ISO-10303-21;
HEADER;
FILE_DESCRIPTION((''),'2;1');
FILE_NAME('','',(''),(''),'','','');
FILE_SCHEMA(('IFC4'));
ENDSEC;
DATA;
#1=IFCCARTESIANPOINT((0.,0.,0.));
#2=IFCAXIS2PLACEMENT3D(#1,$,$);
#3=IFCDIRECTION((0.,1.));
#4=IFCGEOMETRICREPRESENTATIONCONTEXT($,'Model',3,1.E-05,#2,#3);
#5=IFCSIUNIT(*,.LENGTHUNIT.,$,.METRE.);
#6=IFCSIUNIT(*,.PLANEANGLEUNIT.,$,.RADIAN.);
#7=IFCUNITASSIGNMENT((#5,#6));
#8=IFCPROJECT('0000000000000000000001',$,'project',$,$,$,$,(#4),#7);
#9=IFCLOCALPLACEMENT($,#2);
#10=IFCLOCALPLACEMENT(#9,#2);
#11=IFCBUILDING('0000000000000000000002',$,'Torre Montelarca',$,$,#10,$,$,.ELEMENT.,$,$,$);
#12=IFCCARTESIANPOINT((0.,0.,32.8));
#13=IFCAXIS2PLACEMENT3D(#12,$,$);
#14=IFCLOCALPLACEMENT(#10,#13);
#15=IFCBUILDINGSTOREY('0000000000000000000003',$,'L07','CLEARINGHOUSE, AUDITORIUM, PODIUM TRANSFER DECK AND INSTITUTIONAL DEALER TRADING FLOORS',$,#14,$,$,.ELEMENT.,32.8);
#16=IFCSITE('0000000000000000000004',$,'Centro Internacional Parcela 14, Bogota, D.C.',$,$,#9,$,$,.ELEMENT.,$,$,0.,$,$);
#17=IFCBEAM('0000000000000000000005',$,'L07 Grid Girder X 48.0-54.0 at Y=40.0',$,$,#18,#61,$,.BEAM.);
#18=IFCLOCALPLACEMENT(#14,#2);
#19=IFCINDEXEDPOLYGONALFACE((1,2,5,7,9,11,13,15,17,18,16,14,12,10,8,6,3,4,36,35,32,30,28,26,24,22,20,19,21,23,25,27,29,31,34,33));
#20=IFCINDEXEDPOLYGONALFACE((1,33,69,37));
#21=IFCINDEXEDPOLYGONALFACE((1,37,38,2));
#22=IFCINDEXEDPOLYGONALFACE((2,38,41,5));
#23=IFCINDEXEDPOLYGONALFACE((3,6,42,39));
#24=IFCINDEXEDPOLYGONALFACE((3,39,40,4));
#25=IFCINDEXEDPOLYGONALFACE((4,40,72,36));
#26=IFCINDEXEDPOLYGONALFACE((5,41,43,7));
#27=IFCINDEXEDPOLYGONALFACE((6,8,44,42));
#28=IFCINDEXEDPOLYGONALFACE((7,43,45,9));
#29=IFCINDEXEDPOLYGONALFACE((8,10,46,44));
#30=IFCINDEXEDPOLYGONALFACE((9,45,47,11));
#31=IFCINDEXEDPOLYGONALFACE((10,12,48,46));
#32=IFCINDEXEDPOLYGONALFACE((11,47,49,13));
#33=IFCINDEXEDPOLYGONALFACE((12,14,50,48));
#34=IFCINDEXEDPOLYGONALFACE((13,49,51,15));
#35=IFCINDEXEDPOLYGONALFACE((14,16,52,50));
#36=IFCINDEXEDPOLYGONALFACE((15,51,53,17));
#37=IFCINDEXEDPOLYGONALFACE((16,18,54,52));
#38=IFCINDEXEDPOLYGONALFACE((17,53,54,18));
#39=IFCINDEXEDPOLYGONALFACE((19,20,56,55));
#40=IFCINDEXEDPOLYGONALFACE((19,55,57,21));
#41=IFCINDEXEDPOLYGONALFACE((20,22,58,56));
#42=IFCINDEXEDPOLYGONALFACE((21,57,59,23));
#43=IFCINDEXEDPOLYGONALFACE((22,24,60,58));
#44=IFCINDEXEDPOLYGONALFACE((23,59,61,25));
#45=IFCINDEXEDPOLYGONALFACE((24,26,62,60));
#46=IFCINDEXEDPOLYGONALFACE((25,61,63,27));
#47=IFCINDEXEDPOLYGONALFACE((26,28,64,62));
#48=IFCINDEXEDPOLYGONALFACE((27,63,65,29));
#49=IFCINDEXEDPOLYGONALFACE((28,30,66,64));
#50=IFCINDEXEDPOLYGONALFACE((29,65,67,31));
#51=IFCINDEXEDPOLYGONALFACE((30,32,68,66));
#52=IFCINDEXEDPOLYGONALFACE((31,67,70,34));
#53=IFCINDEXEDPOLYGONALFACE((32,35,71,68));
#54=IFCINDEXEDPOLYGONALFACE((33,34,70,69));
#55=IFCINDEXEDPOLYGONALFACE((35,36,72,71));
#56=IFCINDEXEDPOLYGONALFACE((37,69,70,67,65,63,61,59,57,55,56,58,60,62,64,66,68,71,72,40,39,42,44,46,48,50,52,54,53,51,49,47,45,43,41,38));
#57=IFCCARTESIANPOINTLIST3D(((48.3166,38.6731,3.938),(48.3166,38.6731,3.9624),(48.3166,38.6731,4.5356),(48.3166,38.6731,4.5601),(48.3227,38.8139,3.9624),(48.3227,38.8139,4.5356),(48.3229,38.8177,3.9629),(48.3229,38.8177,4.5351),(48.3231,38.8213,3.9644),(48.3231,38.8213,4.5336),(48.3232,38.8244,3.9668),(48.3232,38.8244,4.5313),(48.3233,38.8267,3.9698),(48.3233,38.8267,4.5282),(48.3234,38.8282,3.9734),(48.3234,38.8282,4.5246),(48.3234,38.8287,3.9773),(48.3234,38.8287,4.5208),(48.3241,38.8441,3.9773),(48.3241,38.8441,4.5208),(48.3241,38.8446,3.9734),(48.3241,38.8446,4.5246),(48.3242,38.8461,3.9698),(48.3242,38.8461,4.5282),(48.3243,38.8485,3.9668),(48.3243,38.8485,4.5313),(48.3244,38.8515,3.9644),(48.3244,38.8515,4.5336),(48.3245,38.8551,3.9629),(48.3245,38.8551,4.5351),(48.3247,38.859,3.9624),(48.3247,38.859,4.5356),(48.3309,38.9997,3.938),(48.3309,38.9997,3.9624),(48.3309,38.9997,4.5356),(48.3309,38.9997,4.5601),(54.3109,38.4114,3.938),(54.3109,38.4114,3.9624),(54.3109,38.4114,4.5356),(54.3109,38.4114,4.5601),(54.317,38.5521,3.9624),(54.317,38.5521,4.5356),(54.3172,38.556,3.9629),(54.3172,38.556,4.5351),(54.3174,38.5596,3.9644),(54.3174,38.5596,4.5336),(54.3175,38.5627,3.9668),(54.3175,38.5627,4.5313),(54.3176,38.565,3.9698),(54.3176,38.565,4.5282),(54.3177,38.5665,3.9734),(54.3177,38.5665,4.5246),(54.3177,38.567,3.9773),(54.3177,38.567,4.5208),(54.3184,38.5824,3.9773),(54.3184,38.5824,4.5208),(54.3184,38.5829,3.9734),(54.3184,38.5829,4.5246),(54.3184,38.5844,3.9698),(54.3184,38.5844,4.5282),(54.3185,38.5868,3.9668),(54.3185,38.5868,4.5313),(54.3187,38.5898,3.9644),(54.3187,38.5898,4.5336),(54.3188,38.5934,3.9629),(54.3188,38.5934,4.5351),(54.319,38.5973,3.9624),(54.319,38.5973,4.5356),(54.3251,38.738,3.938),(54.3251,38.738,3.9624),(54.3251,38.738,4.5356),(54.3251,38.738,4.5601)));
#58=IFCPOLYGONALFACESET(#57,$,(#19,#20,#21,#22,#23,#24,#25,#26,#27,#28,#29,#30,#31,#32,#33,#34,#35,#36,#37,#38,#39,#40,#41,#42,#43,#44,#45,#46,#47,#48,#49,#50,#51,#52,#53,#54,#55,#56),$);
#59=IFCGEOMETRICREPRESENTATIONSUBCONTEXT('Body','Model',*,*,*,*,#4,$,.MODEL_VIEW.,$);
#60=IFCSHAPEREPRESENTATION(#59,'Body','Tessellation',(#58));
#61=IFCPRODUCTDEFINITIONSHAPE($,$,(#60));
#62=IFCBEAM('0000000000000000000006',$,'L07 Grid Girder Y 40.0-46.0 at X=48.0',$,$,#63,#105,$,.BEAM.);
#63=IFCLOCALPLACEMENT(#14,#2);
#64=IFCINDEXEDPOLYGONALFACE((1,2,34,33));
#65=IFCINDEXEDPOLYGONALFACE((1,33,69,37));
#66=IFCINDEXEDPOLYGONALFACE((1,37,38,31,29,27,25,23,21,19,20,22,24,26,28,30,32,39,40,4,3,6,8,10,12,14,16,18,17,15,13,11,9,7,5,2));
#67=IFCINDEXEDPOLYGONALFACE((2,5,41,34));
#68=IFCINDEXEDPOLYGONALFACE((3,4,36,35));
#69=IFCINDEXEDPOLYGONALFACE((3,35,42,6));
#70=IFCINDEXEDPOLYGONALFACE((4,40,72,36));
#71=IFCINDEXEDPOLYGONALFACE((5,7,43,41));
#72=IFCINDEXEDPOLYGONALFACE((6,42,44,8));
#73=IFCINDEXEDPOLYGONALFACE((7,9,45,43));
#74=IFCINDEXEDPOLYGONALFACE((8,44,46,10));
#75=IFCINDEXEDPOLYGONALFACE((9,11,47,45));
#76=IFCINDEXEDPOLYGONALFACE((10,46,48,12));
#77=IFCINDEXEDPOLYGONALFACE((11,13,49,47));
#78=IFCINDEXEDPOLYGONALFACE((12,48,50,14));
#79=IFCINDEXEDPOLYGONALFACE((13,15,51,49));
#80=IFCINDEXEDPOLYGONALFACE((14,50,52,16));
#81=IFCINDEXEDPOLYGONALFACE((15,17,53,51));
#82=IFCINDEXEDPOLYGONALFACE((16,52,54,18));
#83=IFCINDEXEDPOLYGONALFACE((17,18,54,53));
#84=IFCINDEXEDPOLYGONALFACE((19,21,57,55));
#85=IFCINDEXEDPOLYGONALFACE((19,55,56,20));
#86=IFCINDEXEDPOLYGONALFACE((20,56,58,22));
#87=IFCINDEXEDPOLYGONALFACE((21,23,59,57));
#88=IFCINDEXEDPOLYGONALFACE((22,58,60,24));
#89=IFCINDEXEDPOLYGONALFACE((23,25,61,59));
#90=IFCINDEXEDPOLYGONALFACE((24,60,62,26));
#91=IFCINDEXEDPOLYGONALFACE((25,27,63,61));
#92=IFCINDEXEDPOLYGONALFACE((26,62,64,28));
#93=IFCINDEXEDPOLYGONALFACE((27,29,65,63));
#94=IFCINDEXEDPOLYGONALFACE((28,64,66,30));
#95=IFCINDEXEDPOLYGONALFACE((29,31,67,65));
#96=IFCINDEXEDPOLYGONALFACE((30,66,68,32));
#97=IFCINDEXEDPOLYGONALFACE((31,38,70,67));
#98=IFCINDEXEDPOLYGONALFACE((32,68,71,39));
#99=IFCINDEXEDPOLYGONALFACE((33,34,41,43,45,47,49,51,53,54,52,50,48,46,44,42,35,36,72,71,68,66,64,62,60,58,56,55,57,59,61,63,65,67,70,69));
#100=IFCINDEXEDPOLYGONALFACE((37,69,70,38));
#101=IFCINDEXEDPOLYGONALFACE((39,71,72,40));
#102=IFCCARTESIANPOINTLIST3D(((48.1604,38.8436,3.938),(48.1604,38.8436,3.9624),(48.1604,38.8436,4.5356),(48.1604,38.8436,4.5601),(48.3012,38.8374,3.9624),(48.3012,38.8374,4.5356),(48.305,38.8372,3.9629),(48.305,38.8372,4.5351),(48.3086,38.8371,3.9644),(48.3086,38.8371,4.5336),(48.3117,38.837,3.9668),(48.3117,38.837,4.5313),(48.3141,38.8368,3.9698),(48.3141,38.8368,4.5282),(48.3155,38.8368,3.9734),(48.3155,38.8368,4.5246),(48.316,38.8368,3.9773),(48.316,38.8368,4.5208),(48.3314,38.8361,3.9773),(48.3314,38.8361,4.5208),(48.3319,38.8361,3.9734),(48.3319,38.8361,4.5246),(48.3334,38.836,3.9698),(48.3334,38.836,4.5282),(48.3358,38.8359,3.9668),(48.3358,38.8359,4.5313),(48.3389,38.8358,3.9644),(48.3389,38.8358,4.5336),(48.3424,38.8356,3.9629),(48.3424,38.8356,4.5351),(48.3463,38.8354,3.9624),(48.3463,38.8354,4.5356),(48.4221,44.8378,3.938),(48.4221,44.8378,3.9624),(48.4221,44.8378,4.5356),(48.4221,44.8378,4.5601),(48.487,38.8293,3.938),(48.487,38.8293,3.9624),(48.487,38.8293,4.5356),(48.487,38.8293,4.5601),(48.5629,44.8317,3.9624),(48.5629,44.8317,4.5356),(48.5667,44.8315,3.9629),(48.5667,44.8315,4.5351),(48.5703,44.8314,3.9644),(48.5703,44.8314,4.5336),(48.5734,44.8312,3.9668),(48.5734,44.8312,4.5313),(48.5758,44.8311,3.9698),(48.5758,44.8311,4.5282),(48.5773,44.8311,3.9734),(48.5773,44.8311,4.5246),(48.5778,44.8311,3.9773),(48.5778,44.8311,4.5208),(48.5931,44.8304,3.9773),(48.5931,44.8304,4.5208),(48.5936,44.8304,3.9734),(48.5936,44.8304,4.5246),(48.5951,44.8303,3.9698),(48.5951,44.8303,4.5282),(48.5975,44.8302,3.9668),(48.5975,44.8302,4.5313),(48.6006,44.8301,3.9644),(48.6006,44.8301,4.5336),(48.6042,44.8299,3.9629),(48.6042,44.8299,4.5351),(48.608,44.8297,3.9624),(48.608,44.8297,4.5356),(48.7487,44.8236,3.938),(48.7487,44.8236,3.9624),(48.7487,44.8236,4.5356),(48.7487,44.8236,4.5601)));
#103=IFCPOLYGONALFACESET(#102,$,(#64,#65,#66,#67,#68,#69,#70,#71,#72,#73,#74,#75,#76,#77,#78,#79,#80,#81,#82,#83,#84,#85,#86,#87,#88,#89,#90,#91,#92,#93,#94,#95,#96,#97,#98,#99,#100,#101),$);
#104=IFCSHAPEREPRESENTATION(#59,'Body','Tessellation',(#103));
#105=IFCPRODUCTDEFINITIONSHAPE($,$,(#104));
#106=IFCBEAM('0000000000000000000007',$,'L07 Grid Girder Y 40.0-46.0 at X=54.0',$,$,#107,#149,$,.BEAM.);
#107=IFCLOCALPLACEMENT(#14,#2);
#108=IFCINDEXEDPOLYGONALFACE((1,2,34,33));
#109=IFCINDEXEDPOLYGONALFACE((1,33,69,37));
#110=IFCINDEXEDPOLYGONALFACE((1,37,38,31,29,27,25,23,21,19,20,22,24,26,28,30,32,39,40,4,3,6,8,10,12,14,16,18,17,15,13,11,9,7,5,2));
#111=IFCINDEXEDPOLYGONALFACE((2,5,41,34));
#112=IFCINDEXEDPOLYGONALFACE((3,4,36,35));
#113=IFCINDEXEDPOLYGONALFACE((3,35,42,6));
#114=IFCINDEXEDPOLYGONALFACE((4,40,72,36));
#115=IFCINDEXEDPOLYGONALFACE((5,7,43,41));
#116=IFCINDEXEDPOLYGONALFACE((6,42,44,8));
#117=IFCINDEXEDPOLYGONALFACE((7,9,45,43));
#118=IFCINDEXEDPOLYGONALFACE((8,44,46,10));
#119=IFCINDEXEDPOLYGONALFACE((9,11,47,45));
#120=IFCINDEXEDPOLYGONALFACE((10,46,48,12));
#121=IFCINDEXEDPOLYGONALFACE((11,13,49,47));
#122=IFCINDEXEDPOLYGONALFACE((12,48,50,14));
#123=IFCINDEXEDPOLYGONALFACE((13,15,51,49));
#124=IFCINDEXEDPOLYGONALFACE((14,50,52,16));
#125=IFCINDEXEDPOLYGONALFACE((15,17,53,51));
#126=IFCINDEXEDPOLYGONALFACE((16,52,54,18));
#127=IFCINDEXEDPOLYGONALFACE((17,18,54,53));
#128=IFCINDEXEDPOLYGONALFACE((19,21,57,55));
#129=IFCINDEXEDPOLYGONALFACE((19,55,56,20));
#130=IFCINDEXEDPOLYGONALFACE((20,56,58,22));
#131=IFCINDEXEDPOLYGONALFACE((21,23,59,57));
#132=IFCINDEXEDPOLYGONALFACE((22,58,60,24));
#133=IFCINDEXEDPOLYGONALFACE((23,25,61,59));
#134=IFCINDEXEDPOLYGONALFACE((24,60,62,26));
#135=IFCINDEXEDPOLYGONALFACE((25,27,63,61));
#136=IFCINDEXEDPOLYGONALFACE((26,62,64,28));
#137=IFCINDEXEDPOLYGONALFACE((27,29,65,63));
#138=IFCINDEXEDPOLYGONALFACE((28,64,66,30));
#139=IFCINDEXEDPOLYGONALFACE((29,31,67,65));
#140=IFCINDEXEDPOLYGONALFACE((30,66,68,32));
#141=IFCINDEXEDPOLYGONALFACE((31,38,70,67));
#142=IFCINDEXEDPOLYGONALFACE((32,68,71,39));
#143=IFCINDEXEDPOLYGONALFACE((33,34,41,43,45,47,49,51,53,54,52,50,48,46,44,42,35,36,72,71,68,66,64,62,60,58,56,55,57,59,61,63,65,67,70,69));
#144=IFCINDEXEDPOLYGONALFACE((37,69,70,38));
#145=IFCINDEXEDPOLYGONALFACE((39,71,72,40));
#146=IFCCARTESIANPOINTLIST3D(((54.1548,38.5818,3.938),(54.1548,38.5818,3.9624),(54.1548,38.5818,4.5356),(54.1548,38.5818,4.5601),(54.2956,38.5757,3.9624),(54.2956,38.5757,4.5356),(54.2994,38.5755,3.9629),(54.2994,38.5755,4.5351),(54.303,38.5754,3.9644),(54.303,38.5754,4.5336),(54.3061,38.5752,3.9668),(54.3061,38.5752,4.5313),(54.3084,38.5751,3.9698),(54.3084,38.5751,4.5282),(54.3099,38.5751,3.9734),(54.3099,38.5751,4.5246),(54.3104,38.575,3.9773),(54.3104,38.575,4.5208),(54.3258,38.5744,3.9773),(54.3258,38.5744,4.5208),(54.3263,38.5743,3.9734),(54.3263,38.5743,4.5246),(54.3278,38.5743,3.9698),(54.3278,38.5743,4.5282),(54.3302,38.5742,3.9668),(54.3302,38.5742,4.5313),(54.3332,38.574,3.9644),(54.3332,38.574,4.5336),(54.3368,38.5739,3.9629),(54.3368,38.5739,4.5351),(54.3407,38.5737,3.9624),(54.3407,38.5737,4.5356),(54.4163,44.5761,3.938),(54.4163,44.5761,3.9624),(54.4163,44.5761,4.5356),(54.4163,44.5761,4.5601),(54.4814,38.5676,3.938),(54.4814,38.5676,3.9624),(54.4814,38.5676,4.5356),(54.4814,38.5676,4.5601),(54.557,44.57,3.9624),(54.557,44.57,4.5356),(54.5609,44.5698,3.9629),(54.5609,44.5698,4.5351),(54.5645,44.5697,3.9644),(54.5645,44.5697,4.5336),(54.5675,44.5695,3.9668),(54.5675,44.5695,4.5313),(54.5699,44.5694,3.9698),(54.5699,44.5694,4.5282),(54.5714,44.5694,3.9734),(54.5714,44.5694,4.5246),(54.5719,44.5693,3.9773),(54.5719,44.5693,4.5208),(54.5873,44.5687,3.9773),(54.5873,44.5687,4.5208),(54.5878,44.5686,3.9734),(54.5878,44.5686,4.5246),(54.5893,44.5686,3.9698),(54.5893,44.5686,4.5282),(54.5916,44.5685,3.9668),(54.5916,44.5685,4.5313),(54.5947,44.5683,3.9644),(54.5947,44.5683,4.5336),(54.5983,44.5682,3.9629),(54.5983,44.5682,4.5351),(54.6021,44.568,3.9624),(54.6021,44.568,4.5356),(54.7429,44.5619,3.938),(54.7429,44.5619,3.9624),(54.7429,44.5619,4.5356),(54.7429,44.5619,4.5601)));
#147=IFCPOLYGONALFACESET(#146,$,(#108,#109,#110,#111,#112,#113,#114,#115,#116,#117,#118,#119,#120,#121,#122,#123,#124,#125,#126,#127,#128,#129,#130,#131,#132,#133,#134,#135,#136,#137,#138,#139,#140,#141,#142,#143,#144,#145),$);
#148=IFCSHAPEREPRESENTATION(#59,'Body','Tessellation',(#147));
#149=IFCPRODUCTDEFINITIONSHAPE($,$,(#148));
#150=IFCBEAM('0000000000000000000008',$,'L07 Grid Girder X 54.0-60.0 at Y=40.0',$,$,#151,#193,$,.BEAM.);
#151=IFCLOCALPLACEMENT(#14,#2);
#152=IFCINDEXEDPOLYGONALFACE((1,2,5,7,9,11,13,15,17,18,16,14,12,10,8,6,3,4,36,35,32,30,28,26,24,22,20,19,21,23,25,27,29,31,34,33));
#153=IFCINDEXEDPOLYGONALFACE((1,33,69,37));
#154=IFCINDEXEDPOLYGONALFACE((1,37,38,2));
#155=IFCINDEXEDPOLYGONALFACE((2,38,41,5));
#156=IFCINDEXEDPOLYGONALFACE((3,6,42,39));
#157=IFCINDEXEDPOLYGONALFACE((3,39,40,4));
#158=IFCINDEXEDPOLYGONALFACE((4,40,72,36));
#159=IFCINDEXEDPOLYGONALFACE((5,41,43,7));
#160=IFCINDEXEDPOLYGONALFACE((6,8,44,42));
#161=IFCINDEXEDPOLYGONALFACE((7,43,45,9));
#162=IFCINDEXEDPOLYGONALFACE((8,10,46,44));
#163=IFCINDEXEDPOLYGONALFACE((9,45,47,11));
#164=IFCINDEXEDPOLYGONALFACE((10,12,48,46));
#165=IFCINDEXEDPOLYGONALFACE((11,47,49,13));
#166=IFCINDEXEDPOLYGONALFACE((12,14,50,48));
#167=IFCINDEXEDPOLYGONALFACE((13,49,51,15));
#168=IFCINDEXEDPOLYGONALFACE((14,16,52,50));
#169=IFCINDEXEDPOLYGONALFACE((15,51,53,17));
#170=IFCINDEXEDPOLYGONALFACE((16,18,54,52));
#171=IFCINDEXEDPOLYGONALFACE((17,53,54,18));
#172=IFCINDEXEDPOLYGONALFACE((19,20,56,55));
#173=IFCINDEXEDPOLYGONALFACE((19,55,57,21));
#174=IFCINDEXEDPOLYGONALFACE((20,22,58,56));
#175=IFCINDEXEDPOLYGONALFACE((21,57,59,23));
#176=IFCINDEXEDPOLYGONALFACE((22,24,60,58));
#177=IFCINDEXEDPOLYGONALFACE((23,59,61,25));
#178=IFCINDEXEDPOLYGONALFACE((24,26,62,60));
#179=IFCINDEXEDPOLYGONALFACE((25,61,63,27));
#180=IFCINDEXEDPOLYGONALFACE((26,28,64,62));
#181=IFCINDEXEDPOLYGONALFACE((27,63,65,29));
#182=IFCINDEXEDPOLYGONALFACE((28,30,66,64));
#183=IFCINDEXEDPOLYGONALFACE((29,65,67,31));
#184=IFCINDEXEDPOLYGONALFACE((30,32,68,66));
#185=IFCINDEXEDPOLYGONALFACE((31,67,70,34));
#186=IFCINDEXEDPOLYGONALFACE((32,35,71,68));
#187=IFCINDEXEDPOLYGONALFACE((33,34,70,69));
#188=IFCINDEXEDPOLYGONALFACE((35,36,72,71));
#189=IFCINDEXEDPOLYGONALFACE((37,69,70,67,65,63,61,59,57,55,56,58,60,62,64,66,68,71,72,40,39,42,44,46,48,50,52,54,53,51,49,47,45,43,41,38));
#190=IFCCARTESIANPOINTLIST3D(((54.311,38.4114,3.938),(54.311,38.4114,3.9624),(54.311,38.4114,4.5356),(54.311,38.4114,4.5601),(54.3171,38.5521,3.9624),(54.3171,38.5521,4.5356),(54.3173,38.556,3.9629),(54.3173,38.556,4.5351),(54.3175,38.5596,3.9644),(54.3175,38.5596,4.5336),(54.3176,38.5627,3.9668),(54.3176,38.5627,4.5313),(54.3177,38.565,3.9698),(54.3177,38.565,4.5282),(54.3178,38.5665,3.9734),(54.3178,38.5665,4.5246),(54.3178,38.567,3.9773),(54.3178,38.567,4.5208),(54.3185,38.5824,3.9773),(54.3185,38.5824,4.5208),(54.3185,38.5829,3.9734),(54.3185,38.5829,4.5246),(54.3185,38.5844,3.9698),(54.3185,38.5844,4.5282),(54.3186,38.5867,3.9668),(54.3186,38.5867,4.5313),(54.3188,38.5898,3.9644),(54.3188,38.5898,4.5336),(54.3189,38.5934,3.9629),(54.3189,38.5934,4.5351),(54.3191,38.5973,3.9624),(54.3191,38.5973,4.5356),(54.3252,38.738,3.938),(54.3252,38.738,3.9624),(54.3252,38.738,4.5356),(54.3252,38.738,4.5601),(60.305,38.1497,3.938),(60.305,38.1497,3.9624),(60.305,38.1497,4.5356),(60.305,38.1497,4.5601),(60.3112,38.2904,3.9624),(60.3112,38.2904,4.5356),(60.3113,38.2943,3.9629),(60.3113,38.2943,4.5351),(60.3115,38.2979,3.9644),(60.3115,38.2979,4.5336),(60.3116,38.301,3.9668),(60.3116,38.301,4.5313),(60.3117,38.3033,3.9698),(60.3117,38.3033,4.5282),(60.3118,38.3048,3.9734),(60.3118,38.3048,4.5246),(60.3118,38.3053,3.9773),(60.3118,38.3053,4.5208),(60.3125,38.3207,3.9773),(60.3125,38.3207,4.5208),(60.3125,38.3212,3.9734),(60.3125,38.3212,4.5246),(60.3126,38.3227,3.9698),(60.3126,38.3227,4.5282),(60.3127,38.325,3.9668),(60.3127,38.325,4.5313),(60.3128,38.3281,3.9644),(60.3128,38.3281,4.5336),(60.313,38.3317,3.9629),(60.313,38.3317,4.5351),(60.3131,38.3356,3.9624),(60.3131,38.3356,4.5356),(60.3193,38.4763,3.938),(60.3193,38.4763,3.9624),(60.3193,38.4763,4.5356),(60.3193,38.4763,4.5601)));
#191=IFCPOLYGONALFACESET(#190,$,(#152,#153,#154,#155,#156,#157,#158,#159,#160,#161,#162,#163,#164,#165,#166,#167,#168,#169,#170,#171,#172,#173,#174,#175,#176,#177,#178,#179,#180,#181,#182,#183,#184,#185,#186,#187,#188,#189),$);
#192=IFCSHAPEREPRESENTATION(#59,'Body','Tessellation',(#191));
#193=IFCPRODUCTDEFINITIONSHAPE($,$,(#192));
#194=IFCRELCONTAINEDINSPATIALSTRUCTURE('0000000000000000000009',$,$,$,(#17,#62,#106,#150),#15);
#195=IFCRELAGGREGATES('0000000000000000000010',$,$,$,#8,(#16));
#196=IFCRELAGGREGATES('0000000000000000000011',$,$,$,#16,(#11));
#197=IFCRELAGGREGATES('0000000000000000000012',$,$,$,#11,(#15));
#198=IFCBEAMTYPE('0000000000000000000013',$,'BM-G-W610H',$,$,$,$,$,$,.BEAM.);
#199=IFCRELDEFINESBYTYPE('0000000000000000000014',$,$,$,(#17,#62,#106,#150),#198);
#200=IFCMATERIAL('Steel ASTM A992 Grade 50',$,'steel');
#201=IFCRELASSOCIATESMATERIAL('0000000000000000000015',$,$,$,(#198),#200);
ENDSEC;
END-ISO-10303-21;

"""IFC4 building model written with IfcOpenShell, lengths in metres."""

from ifc_helpers import new_model, si_unit, direction, frame, origin, origin_2d, place, context, subcontext, project, spatial, i_section, extrude, source, transform, mapped, material, material_profile, profile_set, type_object, element, save


model = new_model("IFC4")

# Units and contexts
model_context = context("Model", 3, precision=1e-05, world=origin(), true_north=direction((0.0, 1.0)))
body_context = subcontext(model_context, "Body", "Model", "MODEL_VIEW")
ifc_project = project(units=[si_unit("LENGTHUNIT", "METRE"), si_unit("PLANEANGLEUNIT", "RADIAN")], contexts=[model_context])

# Site, building, storey
site_placement = place(None, origin())
site = spatial("IfcSite", under=ifc_project, at=site_placement, Name="Centro Internacional Parcela 14, Bogota, D.C.", CompositionType="ELEMENT", RefElevation=0.0)
building_placement = place(site_placement, origin())
building = spatial("IfcBuilding", under=site, at=building_placement, Name="Torre Montelarca", CompositionType="ELEMENT")
storey_placement = place(building_placement, frame((0.0, 0.0, 32.8)))
storey = spatial("IfcBuildingStorey", under=building, at=storey_placement, Name="L07", Description="CLEARINGHOUSE, AUDITORIUM, PODIUM TRANSFER DECK AND INSTITUTIONAL DEALER TRADING FLOORS", CompositionType="ELEMENT", Elevation=32.8)

# Shared definitions
ifc_material_1 = material(Name="Steel ASTM A992 Grade 50", Category="steel")

# Beams
ifc_material_profile_1 = material_profile(ifc_material_1, i_section(OverallWidth=0.3269, OverallDepth=0.6221, WebThickness=0.0154, FlangeThickness=0.0244, FilletRadius=0.0149, at=origin_2d()), Name="W610X195", Category="steel")
ifc_profile_set_1 = profile_set([ifc_material_profile_1], Name="Steel ASTM A992 Grade 50")
beam_type_1 = type_object("IfcBeamType", Name="BM-G-W610H", PredefinedType="BEAM", material=ifc_profile_set_1)
shared_shape_1 = source(origin(), body_context, "Body", "SweptSolid", [
    extrude(i_section(OverallWidth=0.3269, OverallDepth=0.6221, WebThickness=0.0154, FlangeThickness=0.0244, FilletRadius=0.0149, at=origin_2d()), origin(), (0.0, 0.0, 1.0), 6.0),
])
for number, where, z_axis, x_axis, name in (
    (1, (48.3237, 38.8364, 4.249), (0.999048, -0.043619, 0.0), (0.043619, 0.999048, 0.0), "L07 Grid Girder X 48.0-54.0 at Y=40.0"),
    (2, (48.3237, 38.8364, 4.249), (0.043619, 0.999048, 0.0), (-0.999048, 0.043619, 0.0), "L07 Grid Girder Y 40.0-46.0 at X=48.0"),
    (3, (54.3181, 38.5747, 4.249), (0.043578, 0.99905, 0.0), (-0.99905, 0.043578, 0.0), "L07 Grid Girder Y 40.0-46.0 at X=54.0"),
):
    element("IfcBeam", number, at=place(storey_placement, frame(where, z_axis=z_axis, x_axis=x_axis)), inside=storey, type_object=beam_type_1, Name=name, PredefinedType="BEAM", context=body_context, shape_type="MappedRepresentation", body=[
        mapped(shared_shape_1, transform((0.0, 0.0, 0.0), scale=1.0)),
    ])
shared_shape_2 = source(origin(), body_context, "Body", "SweptSolid", [
    extrude(i_section(OverallWidth=0.3269, OverallDepth=0.6221, WebThickness=0.0154, FlangeThickness=0.0244, FilletRadius=0.0149, at=origin_2d()), origin(), (0.0, 0.0, 1.0), 5.9998),
])
for number, where, z_axis, x_axis, name in (
    (4, (54.3181, 38.5747, 4.249), (0.999048, -0.043621, 0.0), (0.043621, 0.999048, 0.0), "L07 Grid Girder X 54.0-60.0 at Y=40.0"),
):
    element("IfcBeam", number, at=place(storey_placement, frame(where, z_axis=z_axis, x_axis=x_axis)), inside=storey, type_object=beam_type_1, Name=name, PredefinedType="BEAM", context=body_context, shape_type="MappedRepresentation", body=[
        mapped(shared_shape_2, transform((0.0, 0.0, 0.0), scale=1.0)),
    ])

save(model, "model.ifc")
